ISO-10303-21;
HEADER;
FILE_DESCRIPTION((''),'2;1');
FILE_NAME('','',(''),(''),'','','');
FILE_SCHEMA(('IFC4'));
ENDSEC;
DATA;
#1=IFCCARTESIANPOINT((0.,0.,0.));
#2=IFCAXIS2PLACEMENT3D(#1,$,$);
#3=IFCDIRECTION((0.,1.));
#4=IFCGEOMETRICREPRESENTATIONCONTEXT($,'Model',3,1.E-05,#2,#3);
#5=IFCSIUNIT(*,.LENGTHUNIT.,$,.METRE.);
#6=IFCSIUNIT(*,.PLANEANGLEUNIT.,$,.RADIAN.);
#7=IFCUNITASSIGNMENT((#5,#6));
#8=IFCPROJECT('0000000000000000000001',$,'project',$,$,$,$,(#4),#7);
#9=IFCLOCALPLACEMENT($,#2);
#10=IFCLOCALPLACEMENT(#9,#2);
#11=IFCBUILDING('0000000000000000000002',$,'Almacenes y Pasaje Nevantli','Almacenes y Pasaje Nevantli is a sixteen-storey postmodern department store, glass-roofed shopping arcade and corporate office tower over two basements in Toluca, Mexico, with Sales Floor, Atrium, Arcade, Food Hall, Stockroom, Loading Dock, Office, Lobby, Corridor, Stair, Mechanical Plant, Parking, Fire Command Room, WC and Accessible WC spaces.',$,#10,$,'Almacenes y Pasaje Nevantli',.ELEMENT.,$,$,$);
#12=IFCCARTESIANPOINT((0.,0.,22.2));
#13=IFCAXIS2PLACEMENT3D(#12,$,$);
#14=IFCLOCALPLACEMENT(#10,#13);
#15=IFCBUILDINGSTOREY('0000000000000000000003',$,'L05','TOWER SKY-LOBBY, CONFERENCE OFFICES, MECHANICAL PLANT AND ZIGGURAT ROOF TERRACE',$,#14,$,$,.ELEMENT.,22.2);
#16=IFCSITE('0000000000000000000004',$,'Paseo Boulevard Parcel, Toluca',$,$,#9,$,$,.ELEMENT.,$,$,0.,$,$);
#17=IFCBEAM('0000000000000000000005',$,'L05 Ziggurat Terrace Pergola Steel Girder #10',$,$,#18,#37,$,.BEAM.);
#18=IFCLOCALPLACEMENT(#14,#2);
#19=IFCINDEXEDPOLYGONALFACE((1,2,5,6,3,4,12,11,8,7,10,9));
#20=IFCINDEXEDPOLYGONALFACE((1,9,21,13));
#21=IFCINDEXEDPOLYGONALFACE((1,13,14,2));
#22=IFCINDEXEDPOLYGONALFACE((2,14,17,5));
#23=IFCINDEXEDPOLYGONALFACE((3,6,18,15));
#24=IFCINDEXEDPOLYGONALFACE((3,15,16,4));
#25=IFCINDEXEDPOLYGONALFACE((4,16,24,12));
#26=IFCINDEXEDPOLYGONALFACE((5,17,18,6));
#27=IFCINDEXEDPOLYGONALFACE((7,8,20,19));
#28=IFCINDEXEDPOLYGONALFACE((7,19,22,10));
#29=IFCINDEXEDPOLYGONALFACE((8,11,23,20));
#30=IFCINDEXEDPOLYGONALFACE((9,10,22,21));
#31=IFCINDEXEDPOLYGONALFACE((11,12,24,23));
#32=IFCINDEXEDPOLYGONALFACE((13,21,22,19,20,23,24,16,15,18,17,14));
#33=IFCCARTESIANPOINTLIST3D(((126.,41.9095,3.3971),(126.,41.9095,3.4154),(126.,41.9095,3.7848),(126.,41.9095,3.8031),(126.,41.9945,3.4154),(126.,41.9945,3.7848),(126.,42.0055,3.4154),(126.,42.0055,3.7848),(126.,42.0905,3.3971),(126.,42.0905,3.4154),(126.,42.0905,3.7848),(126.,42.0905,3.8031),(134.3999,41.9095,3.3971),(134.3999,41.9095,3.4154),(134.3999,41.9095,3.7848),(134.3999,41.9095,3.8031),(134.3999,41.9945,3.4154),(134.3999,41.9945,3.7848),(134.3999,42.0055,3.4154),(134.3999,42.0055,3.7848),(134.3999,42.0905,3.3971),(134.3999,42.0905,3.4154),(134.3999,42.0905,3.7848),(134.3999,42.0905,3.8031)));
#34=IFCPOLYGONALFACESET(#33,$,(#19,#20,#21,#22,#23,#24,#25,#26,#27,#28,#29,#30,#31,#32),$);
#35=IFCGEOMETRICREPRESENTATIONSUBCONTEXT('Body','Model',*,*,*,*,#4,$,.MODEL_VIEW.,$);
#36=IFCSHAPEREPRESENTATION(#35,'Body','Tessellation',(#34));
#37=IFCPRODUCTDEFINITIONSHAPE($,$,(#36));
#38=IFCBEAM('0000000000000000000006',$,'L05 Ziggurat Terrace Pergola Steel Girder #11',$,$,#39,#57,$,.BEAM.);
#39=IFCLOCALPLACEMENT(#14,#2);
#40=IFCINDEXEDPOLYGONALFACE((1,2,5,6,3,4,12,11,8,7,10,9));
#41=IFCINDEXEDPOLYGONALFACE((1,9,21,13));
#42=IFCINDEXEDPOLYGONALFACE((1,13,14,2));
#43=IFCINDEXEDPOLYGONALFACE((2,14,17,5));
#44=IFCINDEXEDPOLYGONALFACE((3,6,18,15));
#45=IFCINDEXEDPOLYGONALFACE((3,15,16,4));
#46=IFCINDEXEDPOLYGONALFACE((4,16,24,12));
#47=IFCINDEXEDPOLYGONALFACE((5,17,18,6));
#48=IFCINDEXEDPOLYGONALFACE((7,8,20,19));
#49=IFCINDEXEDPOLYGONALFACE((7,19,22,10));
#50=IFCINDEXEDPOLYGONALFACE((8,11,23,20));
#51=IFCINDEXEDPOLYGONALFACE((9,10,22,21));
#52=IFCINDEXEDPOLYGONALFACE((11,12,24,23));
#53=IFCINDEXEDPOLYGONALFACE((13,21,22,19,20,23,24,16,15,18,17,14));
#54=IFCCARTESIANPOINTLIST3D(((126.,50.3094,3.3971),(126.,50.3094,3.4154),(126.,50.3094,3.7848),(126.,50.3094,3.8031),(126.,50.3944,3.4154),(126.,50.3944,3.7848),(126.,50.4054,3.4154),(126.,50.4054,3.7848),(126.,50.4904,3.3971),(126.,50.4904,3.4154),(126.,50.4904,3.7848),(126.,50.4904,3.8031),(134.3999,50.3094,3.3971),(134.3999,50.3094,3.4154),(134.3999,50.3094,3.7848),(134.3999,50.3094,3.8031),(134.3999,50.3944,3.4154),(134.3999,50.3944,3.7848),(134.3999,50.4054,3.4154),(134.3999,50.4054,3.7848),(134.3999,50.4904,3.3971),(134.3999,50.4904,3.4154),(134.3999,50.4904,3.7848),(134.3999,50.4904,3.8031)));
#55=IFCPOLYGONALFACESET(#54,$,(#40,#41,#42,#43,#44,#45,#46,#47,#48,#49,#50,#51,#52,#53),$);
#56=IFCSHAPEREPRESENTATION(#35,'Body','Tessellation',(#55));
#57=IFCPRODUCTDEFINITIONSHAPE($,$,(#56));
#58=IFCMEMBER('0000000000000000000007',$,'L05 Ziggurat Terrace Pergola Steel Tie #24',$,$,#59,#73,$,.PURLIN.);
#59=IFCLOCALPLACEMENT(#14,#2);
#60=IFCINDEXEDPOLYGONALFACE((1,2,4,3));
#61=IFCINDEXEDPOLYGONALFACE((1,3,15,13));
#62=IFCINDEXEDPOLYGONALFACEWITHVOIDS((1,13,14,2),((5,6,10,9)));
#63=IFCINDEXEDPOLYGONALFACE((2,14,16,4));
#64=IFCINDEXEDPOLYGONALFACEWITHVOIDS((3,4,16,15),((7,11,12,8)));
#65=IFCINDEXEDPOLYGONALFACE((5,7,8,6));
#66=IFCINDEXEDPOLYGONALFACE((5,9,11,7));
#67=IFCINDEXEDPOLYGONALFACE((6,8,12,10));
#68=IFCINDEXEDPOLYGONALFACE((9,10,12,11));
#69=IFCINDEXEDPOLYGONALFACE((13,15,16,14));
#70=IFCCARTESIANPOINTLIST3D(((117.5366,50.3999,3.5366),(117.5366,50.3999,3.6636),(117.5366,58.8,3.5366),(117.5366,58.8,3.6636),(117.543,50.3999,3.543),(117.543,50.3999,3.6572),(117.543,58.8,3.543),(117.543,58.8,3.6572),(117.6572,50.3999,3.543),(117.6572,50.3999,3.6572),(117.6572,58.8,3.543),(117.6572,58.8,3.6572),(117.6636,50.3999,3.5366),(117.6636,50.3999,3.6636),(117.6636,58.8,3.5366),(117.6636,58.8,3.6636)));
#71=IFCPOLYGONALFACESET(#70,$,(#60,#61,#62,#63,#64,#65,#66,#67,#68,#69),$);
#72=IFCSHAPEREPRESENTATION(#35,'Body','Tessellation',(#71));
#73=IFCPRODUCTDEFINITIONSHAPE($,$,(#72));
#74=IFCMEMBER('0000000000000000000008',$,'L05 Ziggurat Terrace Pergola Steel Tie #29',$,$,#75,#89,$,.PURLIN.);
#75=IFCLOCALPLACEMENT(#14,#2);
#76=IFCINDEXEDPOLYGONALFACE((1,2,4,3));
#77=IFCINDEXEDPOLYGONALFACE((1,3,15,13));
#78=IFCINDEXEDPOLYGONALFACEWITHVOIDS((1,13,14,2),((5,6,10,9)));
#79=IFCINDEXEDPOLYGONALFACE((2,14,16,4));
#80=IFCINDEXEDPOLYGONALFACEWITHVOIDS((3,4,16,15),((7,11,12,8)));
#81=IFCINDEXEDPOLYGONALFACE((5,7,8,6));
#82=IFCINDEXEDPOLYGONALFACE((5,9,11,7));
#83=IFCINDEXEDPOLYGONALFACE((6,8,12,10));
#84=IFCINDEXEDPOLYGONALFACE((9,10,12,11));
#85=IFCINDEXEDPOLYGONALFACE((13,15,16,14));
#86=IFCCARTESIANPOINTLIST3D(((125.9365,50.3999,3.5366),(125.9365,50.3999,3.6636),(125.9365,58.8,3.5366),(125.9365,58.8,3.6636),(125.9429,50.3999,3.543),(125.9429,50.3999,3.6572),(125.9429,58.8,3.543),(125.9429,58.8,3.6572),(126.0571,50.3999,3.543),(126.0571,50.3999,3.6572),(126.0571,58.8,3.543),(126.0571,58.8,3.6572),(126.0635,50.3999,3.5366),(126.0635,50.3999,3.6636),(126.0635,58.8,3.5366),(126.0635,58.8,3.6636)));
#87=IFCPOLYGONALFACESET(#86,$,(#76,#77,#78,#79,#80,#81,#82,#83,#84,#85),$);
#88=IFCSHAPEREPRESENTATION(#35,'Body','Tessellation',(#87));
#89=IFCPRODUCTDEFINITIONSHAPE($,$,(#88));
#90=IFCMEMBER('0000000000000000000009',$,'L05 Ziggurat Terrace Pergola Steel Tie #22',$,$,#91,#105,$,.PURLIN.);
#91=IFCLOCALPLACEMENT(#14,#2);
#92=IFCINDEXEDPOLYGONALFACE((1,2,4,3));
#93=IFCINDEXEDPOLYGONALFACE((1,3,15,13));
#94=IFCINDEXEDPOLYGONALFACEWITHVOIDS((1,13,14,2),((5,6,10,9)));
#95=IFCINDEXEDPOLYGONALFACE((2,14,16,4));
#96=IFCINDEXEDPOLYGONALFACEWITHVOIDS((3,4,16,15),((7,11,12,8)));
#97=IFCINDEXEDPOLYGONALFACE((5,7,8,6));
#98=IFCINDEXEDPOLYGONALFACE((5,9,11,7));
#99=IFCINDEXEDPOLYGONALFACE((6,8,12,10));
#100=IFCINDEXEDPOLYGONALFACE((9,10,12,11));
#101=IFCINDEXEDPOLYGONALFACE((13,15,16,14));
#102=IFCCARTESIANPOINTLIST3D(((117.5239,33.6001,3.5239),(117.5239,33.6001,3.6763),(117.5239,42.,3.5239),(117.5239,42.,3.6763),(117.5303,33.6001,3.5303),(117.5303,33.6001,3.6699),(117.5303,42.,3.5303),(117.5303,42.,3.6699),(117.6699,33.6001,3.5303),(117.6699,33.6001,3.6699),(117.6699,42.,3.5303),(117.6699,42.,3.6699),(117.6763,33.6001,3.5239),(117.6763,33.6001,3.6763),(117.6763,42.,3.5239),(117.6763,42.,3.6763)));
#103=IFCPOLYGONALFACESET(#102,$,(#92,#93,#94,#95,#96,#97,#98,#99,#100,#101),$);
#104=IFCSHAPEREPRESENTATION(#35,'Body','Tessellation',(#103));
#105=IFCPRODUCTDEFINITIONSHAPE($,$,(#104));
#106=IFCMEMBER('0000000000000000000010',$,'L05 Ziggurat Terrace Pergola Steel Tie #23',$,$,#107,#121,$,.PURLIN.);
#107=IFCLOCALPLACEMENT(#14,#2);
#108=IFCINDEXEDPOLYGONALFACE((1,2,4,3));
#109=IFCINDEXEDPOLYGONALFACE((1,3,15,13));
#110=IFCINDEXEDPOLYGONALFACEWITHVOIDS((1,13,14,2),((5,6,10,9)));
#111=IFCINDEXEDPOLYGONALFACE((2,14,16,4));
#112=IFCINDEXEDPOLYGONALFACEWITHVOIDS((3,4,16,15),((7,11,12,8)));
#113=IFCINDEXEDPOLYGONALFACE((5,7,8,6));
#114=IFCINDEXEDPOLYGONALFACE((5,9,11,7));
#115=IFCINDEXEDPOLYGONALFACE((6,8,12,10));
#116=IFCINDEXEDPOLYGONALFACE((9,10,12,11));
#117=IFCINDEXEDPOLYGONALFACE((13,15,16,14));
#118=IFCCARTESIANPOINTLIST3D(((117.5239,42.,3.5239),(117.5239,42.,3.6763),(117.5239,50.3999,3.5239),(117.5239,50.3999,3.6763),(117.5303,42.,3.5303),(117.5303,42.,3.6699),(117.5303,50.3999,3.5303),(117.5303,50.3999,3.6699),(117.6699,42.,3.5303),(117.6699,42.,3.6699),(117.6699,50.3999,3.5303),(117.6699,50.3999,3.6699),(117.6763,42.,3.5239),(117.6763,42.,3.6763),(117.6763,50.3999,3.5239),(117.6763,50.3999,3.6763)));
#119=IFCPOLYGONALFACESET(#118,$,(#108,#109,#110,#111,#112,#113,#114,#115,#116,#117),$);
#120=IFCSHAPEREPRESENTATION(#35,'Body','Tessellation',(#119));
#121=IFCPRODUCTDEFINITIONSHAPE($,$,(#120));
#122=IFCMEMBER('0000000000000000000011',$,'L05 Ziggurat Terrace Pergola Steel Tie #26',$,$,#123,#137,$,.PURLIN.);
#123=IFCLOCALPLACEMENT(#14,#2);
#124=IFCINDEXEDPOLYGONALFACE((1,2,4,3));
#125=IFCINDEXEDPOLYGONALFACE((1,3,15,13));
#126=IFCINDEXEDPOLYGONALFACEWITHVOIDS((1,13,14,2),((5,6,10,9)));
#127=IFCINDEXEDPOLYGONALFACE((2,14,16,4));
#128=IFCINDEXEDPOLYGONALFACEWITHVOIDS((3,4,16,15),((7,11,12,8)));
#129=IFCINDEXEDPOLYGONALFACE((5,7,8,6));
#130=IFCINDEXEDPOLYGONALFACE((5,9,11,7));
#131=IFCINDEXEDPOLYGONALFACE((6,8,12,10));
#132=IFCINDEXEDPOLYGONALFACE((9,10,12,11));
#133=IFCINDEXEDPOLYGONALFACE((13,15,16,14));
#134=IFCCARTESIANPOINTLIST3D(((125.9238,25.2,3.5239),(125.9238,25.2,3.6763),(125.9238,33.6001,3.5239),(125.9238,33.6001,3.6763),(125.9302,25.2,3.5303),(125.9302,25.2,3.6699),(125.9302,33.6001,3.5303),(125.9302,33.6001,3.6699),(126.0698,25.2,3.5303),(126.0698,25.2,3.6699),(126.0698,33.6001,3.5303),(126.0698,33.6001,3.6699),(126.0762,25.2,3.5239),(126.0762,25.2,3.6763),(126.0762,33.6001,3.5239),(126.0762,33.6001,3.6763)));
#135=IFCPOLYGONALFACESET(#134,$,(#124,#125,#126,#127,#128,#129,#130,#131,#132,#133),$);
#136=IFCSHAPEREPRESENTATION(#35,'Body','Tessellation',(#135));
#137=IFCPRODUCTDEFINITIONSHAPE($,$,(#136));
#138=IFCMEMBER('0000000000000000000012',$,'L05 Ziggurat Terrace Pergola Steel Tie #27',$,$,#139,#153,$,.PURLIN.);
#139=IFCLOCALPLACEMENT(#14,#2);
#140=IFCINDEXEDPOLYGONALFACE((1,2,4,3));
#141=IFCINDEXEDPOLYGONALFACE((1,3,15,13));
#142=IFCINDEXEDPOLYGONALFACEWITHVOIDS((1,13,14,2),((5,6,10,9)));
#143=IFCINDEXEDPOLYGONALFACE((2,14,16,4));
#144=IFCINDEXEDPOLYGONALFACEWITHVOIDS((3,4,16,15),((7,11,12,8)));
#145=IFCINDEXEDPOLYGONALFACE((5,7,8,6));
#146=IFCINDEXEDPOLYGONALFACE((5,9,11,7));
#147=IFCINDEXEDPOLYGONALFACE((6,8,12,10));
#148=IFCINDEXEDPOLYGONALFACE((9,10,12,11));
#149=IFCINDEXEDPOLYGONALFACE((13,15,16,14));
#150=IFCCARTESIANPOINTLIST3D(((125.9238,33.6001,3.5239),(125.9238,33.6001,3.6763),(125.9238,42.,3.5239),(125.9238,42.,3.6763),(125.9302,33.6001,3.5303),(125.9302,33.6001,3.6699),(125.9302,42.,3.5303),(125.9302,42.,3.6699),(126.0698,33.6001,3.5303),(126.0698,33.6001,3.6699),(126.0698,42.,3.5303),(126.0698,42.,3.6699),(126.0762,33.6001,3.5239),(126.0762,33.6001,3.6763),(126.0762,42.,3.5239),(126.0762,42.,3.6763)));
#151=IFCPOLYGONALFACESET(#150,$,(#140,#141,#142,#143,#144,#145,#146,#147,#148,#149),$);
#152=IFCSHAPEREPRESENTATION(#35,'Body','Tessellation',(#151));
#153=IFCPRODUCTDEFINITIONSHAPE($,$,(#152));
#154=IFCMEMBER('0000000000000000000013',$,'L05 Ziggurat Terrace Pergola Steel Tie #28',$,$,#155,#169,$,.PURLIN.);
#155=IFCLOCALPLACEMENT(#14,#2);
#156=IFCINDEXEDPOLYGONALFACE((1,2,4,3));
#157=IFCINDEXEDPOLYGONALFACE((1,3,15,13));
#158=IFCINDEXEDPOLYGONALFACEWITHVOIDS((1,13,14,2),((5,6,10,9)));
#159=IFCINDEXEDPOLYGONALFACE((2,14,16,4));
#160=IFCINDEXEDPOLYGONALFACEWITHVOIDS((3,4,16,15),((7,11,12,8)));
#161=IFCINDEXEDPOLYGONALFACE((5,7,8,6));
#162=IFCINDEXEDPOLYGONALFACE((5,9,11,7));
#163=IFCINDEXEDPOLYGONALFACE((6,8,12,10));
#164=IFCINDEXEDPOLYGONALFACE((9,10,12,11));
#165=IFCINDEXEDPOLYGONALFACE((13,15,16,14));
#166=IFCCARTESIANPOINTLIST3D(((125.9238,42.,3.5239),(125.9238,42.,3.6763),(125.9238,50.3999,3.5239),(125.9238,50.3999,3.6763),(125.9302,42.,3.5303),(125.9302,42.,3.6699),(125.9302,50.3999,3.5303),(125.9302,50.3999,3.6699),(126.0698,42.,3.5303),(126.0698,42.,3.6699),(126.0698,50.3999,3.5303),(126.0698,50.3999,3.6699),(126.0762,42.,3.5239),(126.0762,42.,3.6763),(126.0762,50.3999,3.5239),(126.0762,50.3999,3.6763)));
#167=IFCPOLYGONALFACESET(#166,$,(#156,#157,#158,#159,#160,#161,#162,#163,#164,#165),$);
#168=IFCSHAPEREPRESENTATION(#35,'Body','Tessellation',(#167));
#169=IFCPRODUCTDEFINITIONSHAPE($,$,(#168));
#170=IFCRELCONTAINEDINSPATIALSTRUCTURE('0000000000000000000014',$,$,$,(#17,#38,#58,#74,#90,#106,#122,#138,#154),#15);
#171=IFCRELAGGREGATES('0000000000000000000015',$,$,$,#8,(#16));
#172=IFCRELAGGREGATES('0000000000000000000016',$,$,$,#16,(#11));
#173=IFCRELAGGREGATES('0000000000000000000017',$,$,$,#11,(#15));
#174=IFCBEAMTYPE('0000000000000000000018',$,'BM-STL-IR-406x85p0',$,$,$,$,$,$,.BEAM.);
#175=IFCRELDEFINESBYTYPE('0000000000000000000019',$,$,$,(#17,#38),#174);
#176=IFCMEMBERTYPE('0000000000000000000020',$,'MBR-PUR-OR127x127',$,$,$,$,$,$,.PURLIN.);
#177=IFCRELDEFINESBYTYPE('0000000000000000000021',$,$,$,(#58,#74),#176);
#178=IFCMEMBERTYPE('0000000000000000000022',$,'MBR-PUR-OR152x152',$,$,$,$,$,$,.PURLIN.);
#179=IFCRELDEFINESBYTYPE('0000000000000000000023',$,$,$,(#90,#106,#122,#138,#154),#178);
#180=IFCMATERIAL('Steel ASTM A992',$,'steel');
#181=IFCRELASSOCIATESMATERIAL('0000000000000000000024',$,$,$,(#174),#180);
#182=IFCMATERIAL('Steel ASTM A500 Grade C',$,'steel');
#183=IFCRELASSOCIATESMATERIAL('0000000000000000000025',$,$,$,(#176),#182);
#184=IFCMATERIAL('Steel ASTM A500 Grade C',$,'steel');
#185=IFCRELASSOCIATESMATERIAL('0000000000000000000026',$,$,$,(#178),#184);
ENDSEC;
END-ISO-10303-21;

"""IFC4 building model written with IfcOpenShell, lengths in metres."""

from ifc_helpers import new_model, si_unit, direction, frame, origin, origin_2d, place, context, subcontext, project, spatial, hollow_rectangle, i_section, extrude, material, material_profile, profile_set, type_object, element, save


model = new_model("IFC4")

# Units and contexts
model_context = context("Model", 3, precision=1e-05, world=origin(), true_north=direction((0.0, 1.0)))
body_context = subcontext(model_context, "Body", "Model", "MODEL_VIEW")
ifc_project = project(units=[si_unit("LENGTHUNIT", "METRE"), si_unit("PLANEANGLEUNIT", "RADIAN")], contexts=[model_context])

# Site, building, storey
site_placement = place(None, origin())
site = spatial("IfcSite", under=ifc_project, at=site_placement, Name="Paseo Boulevard Parcel, Toluca", CompositionType="ELEMENT", RefElevation=0.0)
building_placement = place(site_placement, origin())
building = spatial("IfcBuilding", under=site, at=building_placement, Name="Almacenes y Pasaje Nevantli", Description="Almacenes y Pasaje Nevantli is a sixteen-storey postmodern department store, glass-roofed shopping arcade and corporate office tower over two basements in Toluca, Mexico, with Sales Floor, Atrium, Arcade, Food Hall, Stockroom, Loading Dock, Office, Lobby, Corridor, Stair, Mechanical Plant, Parking, Fire Command Room, WC and Accessible WC spaces.", LongName="Almacenes y Pasaje Nevantli", CompositionType="ELEMENT")
storey_placement = place(building_placement, frame((0.0, 0.0, 22.2)))
storey = spatial("IfcBuildingStorey", under=building, at=storey_placement, Name="L05", Description="TOWER SKY-LOBBY, CONFERENCE OFFICES, MECHANICAL PLANT AND ZIGGURAT ROOF TERRACE", CompositionType="ELEMENT", Elevation=22.2)

# Beams
ifc_material_1 = material(Name="Steel ASTM A992", Category="steel")
ifc_material_profile_1 = material_profile(ifc_material_1, i_section(OverallWidth=0.1809, OverallDepth=0.406, WebThickness=0.011, FlangeThickness=0.0183, at=origin_2d()), Name="IR 406x85.0")
ifc_profile_set_1 = profile_set([ifc_material_profile_1], Name="Steel ASTM A992")
beam_type_1 = type_object("IfcBeamType", Name="BM-STL-IR-406x85p0", PredefinedType="BEAM", material=ifc_profile_set_1)
for number, where, z_axis, x_axis, name in (
    (1, (126.0, 42.0, 3.6001), (1.0, 0.0, 0.0), (0.0, 1.0, 0.0), "L05 Ziggurat Terrace Pergola Steel Girder #10"),
    (2, (126.0, 50.3999, 3.6001), (1.0, 0.0, 0.0), (0.0, 1.0, 0.0), "L05 Ziggurat Terrace Pergola Steel Girder #11"),
):
    element("IfcBeam", number, at=place(storey_placement, frame(where, z_axis=z_axis, x_axis=x_axis)), inside=storey, type_object=beam_type_1, Name=name, PredefinedType="BEAM", context=body_context, shape_type="SweptSolid", body=[
        extrude(i_section(OverallWidth=0.1809, OverallDepth=0.406, WebThickness=0.011, FlangeThickness=0.0183, at=origin_2d()), origin(), (0.0, 0.0, 1.0), 8.3999),
    ])

# Members
ifc_material_2 = material(Name="Steel ASTM A500 Grade C", Category="steel")
ifc_material_profile_2 = material_profile(ifc_material_2, hollow_rectangle(XDim=0.127, YDim=0.127, WallThickness=0.0063, at=origin_2d()), Name="OR 127x127x6.4")
ifc_profile_set_2 = profile_set([ifc_material_profile_2], Name="Steel ASTM A500 Grade C")
member_type_1 = type_object("IfcMemberType", Name="MBR-PUR-OR127x127", PredefinedType="PURLIN", material=ifc_profile_set_2)
for number, where, z_axis, x_axis, name in (
    (3, (117.6001, 50.3999, 3.6001), (0.0, 1.0, 0.0), (-1.0, 0.0, 0.0), "L05 Ziggurat Terrace Pergola Steel Tie #24"),
    (4, (126.0, 50.3999, 3.6001), (0.0, 1.0, 0.0), (-1.0, 0.0, 0.0), "L05 Ziggurat Terrace Pergola Steel Tie #29"),
):
    element("IfcMember", number, at=place(storey_placement, frame(where, z_axis=z_axis, x_axis=x_axis)), inside=storey, type_object=member_type_1, Name=name, PredefinedType="PURLIN", context=body_context, shape_type="SweptSolid", body=[
        extrude(hollow_rectangle(XDim=0.127, YDim=0.127, WallThickness=0.0063, at=origin_2d()), origin(), (0.0, 0.0, 1.0), 8.4001),
    ])
ifc_material_3 = material(Name="Steel ASTM A500 Grade C", Category="steel")
ifc_material_profile_3 = material_profile(ifc_material_3, hollow_rectangle(XDim=0.1523, YDim=0.1523, WallThickness=0.0063, at=origin_2d()), Name="OR 152x152x6.4")
ifc_profile_set_3 = profile_set([ifc_material_profile_3], Name="Steel ASTM A500 Grade C")
member_type_2 = type_object("IfcMemberType", Name="MBR-PUR-OR152x152", PredefinedType="PURLIN", material=ifc_profile_set_3)
for number, where, z_axis, x_axis, name in (
    (5, (117.6001, 33.6001, 3.6001), (0.0, 1.0, 0.0), (-1.0, 0.0, 0.0), "L05 Ziggurat Terrace Pergola Steel Tie #22"),
    (6, (117.6001, 42.0, 3.6001), (0.0, 1.0, 0.0), (-1.0, 0.0, 0.0), "L05 Ziggurat Terrace Pergola Steel Tie #23"),
):
    element("IfcMember", number, at=place(storey_placement, frame(where, z_axis=z_axis, x_axis=x_axis)), inside=storey, type_object=member_type_2, Name=name, PredefinedType="PURLIN", context=body_context, shape_type="SweptSolid", body=[
        extrude(hollow_rectangle(XDim=0.1523, YDim=0.1523, WallThickness=0.0063, at=origin_2d()), origin(), (0.0, 0.0, 1.0), 8.3999),
    ])
member_placement = place(storey_placement, frame((126.0, 25.2, 3.6001), z_axis=(0.0, 1.0, 0.0), x_axis=(-1.0, 0.0, 0.0)))
element("IfcMember", 7, at=member_placement, inside=storey, type_object=member_type_2, Name="L05 Ziggurat Terrace Pergola Steel Tie #26", PredefinedType="PURLIN", context=body_context, shape_type="SweptSolid", body=[
    extrude(hollow_rectangle(XDim=0.1523, YDim=0.1523, WallThickness=0.0063, at=origin_2d()), origin(), (0.0, 0.0, 1.0), 8.4001),
])
for number, where, z_axis, x_axis, name in (
    (8, (126.0, 33.6001, 3.6001), (0.0, 1.0, 0.0), (-1.0, 0.0, 0.0), "L05 Ziggurat Terrace Pergola Steel Tie #27"),
    (9, (126.0, 42.0, 3.6001), (0.0, 1.0, 0.0), (-1.0, 0.0, 0.0), "L05 Ziggurat Terrace Pergola Steel Tie #28"),
):
    element("IfcMember", number, at=place(storey_placement, frame(where, z_axis=z_axis, x_axis=x_axis)), inside=storey, type_object=member_type_2, Name=name, PredefinedType="PURLIN", context=body_context, shape_type="SweptSolid", body=[
        extrude(hollow_rectangle(XDim=0.1523, YDim=0.1523, WallThickness=0.0063, at=origin_2d()), origin(), (0.0, 0.0, 1.0), 8.3999),
    ])

save(model, "model.ifc")
